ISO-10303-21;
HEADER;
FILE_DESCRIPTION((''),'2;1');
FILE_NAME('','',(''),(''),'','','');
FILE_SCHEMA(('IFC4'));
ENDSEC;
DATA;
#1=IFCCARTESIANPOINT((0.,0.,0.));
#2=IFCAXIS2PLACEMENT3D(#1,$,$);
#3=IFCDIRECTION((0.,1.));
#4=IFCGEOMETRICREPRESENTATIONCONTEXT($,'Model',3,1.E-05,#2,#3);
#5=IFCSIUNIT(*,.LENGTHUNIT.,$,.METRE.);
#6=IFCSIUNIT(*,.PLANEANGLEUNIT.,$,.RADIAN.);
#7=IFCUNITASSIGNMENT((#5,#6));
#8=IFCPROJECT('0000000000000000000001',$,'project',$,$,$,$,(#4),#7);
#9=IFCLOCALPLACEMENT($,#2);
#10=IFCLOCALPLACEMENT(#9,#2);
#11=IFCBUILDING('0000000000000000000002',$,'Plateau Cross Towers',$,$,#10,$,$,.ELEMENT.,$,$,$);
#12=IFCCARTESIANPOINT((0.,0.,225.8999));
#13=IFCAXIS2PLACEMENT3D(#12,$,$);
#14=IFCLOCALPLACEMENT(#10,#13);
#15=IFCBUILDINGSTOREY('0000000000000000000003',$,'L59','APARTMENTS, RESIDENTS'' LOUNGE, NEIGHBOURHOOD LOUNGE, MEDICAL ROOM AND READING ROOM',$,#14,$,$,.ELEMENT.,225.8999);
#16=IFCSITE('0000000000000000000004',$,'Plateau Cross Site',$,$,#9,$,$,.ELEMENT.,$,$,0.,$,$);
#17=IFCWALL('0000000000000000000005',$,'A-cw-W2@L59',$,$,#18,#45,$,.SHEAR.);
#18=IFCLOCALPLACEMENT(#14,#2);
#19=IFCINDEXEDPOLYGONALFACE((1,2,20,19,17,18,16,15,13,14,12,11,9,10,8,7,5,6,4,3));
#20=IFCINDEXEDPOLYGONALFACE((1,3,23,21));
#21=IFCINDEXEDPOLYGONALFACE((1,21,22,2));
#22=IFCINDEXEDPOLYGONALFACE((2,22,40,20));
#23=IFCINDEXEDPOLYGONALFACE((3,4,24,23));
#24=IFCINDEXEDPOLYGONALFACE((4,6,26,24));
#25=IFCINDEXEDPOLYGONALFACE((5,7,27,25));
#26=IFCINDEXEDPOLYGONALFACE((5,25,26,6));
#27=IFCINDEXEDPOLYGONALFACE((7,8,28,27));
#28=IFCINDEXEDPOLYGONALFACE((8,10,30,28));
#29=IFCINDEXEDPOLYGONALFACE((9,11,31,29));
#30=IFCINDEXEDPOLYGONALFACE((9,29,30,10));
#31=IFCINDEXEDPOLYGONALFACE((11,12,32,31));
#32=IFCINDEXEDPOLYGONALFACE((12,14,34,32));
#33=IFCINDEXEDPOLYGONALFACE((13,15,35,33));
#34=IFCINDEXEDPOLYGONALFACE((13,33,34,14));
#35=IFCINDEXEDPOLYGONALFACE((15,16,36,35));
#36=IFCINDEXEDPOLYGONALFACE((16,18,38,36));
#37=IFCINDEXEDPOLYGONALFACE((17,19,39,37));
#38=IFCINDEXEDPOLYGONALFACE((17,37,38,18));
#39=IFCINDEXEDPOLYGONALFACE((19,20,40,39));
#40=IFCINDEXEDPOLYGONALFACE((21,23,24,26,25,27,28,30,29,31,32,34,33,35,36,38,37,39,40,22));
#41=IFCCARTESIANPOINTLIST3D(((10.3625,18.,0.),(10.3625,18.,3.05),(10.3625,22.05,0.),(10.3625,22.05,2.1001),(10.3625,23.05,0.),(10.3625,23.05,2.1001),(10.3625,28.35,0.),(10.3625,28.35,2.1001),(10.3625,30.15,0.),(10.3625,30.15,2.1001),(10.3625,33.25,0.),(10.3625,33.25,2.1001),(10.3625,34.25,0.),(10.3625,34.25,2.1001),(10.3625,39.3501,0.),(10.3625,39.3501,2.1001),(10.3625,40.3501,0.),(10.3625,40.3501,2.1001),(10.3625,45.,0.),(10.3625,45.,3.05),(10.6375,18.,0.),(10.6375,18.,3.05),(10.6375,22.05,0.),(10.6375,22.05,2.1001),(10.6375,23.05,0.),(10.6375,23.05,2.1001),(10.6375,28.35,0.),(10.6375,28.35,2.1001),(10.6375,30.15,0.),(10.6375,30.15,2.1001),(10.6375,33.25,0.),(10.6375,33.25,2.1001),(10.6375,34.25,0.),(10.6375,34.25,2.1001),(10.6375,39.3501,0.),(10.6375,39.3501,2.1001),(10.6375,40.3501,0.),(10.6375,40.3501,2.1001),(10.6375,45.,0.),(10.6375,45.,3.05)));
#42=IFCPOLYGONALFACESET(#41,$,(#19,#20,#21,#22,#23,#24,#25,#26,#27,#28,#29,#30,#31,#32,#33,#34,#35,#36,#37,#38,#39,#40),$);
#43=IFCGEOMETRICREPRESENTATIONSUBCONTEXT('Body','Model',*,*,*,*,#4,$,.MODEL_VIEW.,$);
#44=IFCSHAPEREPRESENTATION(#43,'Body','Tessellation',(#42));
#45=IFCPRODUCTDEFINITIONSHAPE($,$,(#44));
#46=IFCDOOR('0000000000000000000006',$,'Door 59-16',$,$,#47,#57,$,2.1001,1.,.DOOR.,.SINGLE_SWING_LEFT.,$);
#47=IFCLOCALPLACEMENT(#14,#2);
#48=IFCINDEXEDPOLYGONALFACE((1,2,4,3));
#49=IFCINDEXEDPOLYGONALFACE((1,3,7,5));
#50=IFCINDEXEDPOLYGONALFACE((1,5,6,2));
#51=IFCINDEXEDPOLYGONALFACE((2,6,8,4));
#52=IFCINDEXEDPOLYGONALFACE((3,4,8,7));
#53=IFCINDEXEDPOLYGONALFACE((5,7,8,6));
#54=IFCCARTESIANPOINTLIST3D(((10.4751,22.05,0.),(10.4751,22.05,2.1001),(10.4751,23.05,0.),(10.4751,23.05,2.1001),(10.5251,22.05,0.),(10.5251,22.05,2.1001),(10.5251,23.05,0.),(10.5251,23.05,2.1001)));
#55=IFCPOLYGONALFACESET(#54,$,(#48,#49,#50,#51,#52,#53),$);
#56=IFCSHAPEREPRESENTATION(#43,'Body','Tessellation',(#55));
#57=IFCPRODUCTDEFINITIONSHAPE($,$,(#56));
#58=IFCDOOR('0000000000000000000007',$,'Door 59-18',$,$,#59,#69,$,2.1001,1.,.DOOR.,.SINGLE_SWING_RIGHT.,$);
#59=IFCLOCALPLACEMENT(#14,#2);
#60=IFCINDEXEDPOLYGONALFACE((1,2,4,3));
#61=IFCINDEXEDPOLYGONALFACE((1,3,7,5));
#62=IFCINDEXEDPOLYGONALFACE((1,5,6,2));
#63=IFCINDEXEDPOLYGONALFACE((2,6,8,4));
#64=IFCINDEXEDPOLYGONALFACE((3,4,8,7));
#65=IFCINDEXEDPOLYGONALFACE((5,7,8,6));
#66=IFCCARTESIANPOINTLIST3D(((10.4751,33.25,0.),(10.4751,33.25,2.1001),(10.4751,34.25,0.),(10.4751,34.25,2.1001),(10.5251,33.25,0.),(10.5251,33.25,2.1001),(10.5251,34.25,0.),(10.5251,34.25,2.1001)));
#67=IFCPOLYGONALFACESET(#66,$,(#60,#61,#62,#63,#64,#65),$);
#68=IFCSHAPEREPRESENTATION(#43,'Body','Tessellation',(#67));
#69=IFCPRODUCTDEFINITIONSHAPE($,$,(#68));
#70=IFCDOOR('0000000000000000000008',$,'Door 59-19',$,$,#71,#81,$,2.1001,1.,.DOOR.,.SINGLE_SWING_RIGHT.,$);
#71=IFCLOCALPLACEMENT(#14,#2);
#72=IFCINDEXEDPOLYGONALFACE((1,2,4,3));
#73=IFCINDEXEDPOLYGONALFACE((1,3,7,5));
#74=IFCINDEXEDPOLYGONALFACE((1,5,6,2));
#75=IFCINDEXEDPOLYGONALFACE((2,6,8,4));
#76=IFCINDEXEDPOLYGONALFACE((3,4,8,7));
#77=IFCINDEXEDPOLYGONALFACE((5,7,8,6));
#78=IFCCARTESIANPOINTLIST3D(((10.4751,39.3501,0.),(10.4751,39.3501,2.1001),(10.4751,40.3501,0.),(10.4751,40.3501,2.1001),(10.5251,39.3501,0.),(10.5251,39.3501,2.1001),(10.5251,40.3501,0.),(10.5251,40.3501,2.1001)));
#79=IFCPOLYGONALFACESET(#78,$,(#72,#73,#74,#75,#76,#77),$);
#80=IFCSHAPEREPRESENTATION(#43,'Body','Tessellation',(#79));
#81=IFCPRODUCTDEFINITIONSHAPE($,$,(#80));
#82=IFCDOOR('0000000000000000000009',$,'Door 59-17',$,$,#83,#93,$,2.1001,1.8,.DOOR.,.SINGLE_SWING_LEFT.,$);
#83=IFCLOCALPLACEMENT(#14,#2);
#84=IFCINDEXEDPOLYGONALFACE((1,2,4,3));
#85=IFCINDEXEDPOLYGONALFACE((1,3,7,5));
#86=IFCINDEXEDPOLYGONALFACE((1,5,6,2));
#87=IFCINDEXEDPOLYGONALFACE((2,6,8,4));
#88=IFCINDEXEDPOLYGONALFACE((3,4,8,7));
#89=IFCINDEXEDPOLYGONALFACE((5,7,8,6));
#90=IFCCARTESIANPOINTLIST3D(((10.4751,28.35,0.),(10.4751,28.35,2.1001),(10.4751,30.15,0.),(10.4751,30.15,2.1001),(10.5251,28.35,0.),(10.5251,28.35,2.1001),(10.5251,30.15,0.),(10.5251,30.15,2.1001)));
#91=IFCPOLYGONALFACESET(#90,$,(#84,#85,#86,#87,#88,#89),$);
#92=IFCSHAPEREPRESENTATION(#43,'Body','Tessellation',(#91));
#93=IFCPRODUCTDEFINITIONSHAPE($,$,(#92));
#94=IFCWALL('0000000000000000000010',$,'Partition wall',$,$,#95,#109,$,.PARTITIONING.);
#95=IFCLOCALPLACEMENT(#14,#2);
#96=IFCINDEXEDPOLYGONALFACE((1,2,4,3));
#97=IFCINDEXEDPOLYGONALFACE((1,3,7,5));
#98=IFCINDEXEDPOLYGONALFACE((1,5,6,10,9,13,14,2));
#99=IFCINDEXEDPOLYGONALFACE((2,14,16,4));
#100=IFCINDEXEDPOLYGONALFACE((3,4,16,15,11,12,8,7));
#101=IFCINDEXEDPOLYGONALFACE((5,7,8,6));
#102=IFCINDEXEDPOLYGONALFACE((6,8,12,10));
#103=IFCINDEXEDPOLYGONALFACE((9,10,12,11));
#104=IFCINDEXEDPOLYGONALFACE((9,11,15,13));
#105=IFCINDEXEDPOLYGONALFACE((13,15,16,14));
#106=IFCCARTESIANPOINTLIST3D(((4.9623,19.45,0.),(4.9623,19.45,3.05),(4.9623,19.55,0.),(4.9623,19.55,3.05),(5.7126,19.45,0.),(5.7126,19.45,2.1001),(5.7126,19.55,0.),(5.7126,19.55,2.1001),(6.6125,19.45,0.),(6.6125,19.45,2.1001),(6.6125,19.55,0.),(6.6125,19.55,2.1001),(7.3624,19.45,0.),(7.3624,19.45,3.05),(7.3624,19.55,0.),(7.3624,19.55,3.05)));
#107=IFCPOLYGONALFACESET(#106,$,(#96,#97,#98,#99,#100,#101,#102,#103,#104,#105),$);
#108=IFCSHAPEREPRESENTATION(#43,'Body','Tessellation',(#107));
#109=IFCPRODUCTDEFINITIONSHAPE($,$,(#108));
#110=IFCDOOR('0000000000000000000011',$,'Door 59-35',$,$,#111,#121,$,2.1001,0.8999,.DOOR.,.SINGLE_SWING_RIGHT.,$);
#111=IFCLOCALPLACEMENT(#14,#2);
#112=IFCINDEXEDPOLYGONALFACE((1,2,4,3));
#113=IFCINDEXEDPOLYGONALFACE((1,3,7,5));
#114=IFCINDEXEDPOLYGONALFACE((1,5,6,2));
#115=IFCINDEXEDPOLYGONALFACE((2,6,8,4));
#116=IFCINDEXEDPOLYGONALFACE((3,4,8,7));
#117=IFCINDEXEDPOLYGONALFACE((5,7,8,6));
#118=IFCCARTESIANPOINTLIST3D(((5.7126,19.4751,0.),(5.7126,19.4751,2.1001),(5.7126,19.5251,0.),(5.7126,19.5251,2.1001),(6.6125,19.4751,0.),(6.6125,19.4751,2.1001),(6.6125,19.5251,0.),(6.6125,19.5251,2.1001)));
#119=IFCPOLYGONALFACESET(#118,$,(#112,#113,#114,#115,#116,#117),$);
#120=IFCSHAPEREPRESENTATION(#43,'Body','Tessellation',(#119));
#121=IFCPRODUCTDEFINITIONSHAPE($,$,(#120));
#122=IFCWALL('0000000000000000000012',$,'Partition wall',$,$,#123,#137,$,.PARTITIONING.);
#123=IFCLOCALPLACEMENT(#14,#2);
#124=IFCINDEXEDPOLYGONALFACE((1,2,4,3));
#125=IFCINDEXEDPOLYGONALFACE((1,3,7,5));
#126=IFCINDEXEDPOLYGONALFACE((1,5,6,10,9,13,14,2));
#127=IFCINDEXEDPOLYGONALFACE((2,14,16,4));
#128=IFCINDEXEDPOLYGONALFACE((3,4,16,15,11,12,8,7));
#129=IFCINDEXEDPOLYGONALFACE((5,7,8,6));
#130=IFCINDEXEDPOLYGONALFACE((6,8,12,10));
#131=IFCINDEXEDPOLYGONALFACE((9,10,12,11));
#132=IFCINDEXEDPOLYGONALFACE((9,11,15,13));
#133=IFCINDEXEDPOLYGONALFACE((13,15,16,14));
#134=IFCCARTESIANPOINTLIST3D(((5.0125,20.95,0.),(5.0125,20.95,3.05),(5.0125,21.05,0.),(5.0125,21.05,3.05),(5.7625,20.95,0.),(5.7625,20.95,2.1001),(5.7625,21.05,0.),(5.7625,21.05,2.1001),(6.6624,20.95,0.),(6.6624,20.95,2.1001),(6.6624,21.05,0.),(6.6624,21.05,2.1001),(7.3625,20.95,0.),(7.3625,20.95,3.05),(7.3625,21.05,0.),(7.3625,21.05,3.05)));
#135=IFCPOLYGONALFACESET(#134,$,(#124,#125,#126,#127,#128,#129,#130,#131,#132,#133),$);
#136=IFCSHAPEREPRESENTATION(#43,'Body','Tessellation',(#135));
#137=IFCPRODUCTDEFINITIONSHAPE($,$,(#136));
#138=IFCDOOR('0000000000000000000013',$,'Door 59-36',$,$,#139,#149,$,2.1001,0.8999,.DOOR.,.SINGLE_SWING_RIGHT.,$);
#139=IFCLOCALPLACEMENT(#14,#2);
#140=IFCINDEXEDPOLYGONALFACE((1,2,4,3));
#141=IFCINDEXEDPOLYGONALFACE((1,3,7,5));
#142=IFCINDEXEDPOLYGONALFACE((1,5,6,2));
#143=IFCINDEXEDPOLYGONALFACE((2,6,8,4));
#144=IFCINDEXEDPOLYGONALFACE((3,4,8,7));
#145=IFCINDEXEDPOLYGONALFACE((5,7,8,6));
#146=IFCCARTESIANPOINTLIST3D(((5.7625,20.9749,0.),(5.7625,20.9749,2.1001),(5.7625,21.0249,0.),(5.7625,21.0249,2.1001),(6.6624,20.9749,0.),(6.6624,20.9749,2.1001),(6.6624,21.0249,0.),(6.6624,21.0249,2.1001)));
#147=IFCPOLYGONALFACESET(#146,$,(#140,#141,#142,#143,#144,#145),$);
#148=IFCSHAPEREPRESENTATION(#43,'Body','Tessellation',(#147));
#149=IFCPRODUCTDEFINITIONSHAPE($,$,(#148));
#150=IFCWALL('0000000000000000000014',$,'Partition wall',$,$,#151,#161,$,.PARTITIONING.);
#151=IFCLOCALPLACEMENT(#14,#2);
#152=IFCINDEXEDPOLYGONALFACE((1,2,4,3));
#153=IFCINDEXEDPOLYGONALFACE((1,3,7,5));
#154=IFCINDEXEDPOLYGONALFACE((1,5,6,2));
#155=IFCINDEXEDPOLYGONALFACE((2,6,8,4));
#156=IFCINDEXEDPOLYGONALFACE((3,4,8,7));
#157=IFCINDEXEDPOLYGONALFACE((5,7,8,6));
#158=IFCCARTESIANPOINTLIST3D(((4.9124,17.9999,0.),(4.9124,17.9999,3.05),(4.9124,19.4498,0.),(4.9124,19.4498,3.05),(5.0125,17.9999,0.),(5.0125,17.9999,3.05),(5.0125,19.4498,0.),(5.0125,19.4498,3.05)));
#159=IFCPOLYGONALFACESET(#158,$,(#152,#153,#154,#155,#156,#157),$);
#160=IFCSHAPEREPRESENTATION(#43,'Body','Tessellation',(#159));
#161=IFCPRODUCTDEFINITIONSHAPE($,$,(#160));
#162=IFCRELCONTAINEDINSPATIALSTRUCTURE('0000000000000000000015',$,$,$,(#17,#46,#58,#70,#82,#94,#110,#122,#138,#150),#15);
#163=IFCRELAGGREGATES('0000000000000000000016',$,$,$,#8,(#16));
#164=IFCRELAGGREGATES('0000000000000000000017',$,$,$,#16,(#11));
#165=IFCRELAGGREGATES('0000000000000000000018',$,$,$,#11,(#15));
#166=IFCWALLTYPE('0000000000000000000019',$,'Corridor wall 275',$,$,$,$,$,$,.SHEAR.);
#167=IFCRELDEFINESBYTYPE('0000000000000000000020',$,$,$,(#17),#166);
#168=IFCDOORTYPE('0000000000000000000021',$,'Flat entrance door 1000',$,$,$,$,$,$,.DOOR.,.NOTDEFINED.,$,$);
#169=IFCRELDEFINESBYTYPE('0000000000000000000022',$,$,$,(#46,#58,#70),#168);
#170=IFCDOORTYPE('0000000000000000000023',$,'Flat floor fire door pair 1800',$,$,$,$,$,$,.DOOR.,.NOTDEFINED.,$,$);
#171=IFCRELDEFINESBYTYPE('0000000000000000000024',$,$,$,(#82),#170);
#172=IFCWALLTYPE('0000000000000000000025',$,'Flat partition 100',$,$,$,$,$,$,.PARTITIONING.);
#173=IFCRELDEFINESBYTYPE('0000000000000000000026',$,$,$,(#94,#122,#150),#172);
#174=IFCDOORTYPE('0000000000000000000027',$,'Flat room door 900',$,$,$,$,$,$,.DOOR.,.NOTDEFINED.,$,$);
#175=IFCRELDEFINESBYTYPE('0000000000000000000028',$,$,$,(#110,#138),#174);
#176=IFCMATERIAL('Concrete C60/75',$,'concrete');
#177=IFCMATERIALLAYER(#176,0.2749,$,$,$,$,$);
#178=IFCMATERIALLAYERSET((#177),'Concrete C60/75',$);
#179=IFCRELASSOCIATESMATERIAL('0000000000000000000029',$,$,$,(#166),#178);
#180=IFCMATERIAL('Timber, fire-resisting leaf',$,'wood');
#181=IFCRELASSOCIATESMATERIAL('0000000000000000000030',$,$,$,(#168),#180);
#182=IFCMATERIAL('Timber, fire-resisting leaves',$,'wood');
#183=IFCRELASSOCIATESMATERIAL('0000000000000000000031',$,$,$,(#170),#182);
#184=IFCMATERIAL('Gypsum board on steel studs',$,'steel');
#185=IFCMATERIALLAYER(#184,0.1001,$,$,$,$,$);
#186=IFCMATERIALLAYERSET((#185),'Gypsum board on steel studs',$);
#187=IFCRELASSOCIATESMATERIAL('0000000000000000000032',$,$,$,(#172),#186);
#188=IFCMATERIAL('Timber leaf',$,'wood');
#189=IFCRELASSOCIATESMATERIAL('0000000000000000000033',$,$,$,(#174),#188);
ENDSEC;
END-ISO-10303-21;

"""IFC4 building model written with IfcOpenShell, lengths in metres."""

from ifc_helpers import new_model, si_unit, direction, frame, frame_2d, origin, place, context, subcontext, project, spatial, rectangle, extrude, material, layer, layer_set, type_object, element, fill, save


model = new_model("IFC4")

# Units and contexts
model_context = context("Model", 3, precision=1e-05, world=origin(), true_north=direction((0.0, 1.0)))
body_context = subcontext(model_context, "Body", "Model", "MODEL_VIEW")
ifc_project = project(units=[si_unit("LENGTHUNIT", "METRE"), si_unit("PLANEANGLEUNIT", "RADIAN")], contexts=[model_context])

# Site, building, storey
site_placement = place(None, origin())
site = spatial("IfcSite", under=ifc_project, at=site_placement, Name="Plateau Cross Site", CompositionType="ELEMENT", RefElevation=0.0)
building_placement = place(site_placement, origin())
building = spatial("IfcBuilding", under=site, at=building_placement, Name="Plateau Cross Towers", CompositionType="ELEMENT")
storey_placement = place(building_placement, frame((0.0, 0.0, 225.8999)))
storey = spatial("IfcBuildingStorey", under=building, at=storey_placement, Name="L59", Description="APARTMENTS, RESIDENTS' LOUNGE, NEIGHBOURHOOD LOUNGE, MEDICAL ROOM AND READING ROOM", CompositionType="ELEMENT", Elevation=225.8999)

# Shared definitions
ifc_material_1 = material(Name="Concrete C60/75", Category="concrete")

# Wall, openings, doors
ifc_layer_1 = layer(ifc_material_1, 0.2749)
ifc_layer_set_1 = layer_set([ifc_layer_1], Name="Concrete C60/75")
wall_type_1 = type_object("IfcWallType", Name="Corridor wall 275", PredefinedType="SHEAR", material=ifc_layer_set_1)
ifc_material_2 = material(Name="Timber, fire-resisting leaf", Category="wood")
door_type_1 = type_object("IfcDoorType", Name="Flat entrance door 1000", OperationType="NOTDEFINED", PredefinedType="DOOR", material=ifc_material_2)
wall_1_placement = place(storey_placement, frame((10.5, 18.0, 0.0), z_axis=(0.0, 0.0, 1.0), x_axis=(0.0, 1.0, 0.0)))
wall_1 = element("IfcWall", 1, at=wall_1_placement, inside=storey, type_object=wall_type_1, Name="A-cw-W2@L59", PredefinedType="SHEAR", context=body_context, shape_type="SweptSolid", body=[
    extrude(rectangle(XDim=27.0, YDim=0.2749, at=frame_2d((13.5, 0.0))), origin(), (0.0, 0.0, 1.0), 3.05),
])
opening_1_placement = place(wall_1_placement, frame((4.05, 0.0, 0.0)))
opening_1 = element("IfcOpeningElement", 2, at=opening_1_placement, cuts=wall_1, PredefinedType="OPENING", context=body_context, shape_type="SweptSolid", body=[
    extrude(rectangle(XDim=1.0, YDim=2.1001, at=frame_2d((0.5, 1.05))), frame((0.0, 0.1475, 0.0), z_axis=(0.0, -1.0, 0.0), x_axis=(1.0, 0.0, 0.0)), (0.0, 0.0, 1.0), 0.2949),
])
opening_2_placement = place(wall_1_placement, frame((10.3501, 0.0, 0.0)))
opening_2 = element("IfcOpeningElement", 3, at=opening_2_placement, cuts=wall_1, PredefinedType="OPENING", context=body_context, shape_type="SweptSolid", body=[
    extrude(rectangle(XDim=1.8, YDim=2.1001, at=frame_2d((0.8999, 1.05))), frame((0.0, 0.1475, 0.0), z_axis=(0.0, -1.0, 0.0), x_axis=(1.0, 0.0, 0.0)), (0.0, 0.0, 1.0), 0.2949),
])
opening_3_placement = place(wall_1_placement, frame((15.25, 0.0, 0.0)))
opening_3 = element("IfcOpeningElement", 4, at=opening_3_placement, cuts=wall_1, PredefinedType="OPENING", context=body_context, shape_type="SweptSolid", body=[
    extrude(rectangle(XDim=1.0, YDim=2.1001, at=frame_2d((0.5, 1.05))), frame((0.0, 0.1475, 0.0), z_axis=(0.0, -1.0, 0.0), x_axis=(1.0, 0.0, 0.0)), (0.0, 0.0, 1.0), 0.2949),
])
opening_4_placement = place(wall_1_placement, frame((21.3501, 0.0, 0.0)))
opening_4 = element("IfcOpeningElement", 5, at=opening_4_placement, cuts=wall_1, PredefinedType="OPENING", context=body_context, shape_type="SweptSolid", body=[
    extrude(rectangle(XDim=1.0, YDim=2.1001, at=frame_2d((0.5, 1.05))), frame((0.0, 0.1475, 0.0), z_axis=(0.0, -1.0, 0.0), x_axis=(1.0, 0.0, 0.0)), (0.0, 0.0, 1.0), 0.2949),
])
door_1_placement = place(opening_1_placement, origin())
door_1 = element("IfcDoor", 6, at=door_1_placement, inside=storey, type_object=door_type_1, Name="Door 59-16", OperationType="SINGLE_SWING_LEFT", OverallHeight=2.1001, OverallWidth=1.0, PredefinedType="DOOR", context=body_context, shape_type="SweptSolid", body=[
    extrude(rectangle(XDim=1.0, YDim=2.1001, at=frame_2d((0.5, 1.05))), frame((0.0, 0.0249, 0.0), z_axis=(0.0, -1.0, 0.0), x_axis=(1.0, 0.0, 0.0)), (0.0, 0.0, 1.0), 0.05),
])
fill(opening_1, door_1)
door_2_placement = place(opening_3_placement, origin())
door_2 = element("IfcDoor", 7, at=door_2_placement, inside=storey, type_object=door_type_1, Name="Door 59-18", OperationType="SINGLE_SWING_RIGHT", OverallHeight=2.1001, OverallWidth=1.0, PredefinedType="DOOR", context=body_context, shape_type="SweptSolid", body=[
    extrude(rectangle(XDim=1.0, YDim=2.1001, at=frame_2d((0.5, 1.05))), frame((0.0, 0.0249, 0.0), z_axis=(0.0, -1.0, 0.0), x_axis=(1.0, 0.0, 0.0)), (0.0, 0.0, 1.0), 0.05),
])
fill(opening_3, door_2)
door_3_placement = place(opening_4_placement, origin())
door_3 = element("IfcDoor", 8, at=door_3_placement, inside=storey, type_object=door_type_1, Name="Door 59-19", OperationType="SINGLE_SWING_RIGHT", OverallHeight=2.1001, OverallWidth=1.0, PredefinedType="DOOR", context=body_context, shape_type="SweptSolid", body=[
    extrude(rectangle(XDim=1.0, YDim=2.1001, at=frame_2d((0.5, 1.05))), frame((0.0, 0.0249, 0.0), z_axis=(0.0, -1.0, 0.0), x_axis=(1.0, 0.0, 0.0)), (0.0, 0.0, 1.0), 0.05),
])
fill(opening_4, door_3)
ifc_material_3 = material(Name="Timber, fire-resisting leaves", Category="wood")
door_type_2 = type_object("IfcDoorType", Name="Flat floor fire door pair 1800", OperationType="NOTDEFINED", PredefinedType="DOOR", material=ifc_material_3)
door_4_placement = place(opening_2_placement, origin())
door_4 = element("IfcDoor", 9, at=door_4_placement, inside=storey, type_object=door_type_2, Name="Door 59-17", OperationType="SINGLE_SWING_LEFT", OverallHeight=2.1001, OverallWidth=1.8, PredefinedType="DOOR", context=body_context, shape_type="SweptSolid", body=[
    extrude(rectangle(XDim=1.8, YDim=2.1001, at=frame_2d((0.8999, 1.05))), frame((0.0, 0.0249, 0.0), z_axis=(0.0, -1.0, 0.0), x_axis=(1.0, 0.0, 0.0)), (0.0, 0.0, 1.0), 0.05),
])
fill(opening_2, door_4)

# Walls, openings, doors
ifc_material_4 = material(Name="Gypsum board on steel studs", Category="steel")
ifc_layer_2 = layer(ifc_material_4, 0.1001)
ifc_layer_set_2 = layer_set([ifc_layer_2], Name="Gypsum board on steel studs")
wall_type_2 = type_object("IfcWallType", Name="Flat partition 100", PredefinedType="PARTITIONING", material=ifc_layer_set_2)
wall_2_placement = place(storey_placement, frame((7.3625, 19.5, 0.0), z_axis=(0.0, 0.0, 1.0), x_axis=(-1.0, 0.0, 0.0)))
wall_2 = element("IfcWall", 10, at=wall_2_placement, inside=storey, type_object=wall_type_2, Name="Partition wall", PredefinedType="PARTITIONING", context=body_context, shape_type="SweptSolid", body=[
    extrude(rectangle(XDim=2.4001, YDim=0.1001, at=frame_2d((1.2002, 0.0))), origin(), (0.0, 0.0, 1.0), 3.05),
])
opening_5_placement = place(wall_2_placement, frame((0.75, 0.0, 0.0)))
opening_5 = element("IfcOpeningElement", 11, at=opening_5_placement, cuts=wall_2, PredefinedType="OPENING", context=body_context, shape_type="SweptSolid", body=[
    extrude(rectangle(XDim=0.8999, YDim=2.1001, at=frame_2d((0.45, 1.05))), frame((0.0, 0.0601, 0.0), z_axis=(0.0, -1.0, 0.0), x_axis=(1.0, 0.0, 0.0)), (0.0, 0.0, 1.0), 0.1201),
])
ifc_material_5 = material(Name="Timber leaf", Category="wood")
door_type_3 = type_object("IfcDoorType", Name="Flat room door 900", OperationType="NOTDEFINED", PredefinedType="DOOR", material=ifc_material_5)
door_5_placement = place(opening_5_placement, origin())
door_5 = element("IfcDoor", 12, at=door_5_placement, inside=storey, type_object=door_type_3, Name="Door 59-35", OperationType="SINGLE_SWING_RIGHT", OverallHeight=2.1001, OverallWidth=0.8999, PredefinedType="DOOR", context=body_context, shape_type="SweptSolid", body=[
    extrude(rectangle(XDim=0.8999, YDim=2.1001, at=frame_2d((0.45, 1.05))), frame((0.0, 0.0249, 0.0), z_axis=(0.0, -1.0, 0.0), x_axis=(1.0, 0.0, 0.0)), (0.0, 0.0, 1.0), 0.05),
])
fill(opening_5, door_5)
wall_3_placement = place(storey_placement, frame((5.0125, 21.0, 0.0), z_axis=(0.0, 0.0, 1.0), x_axis=(1.0, 0.0, 0.0)))
wall_3 = element("IfcWall", 13, at=wall_3_placement, inside=storey, type_object=wall_type_2, Name="Partition wall", PredefinedType="PARTITIONING", context=body_context, shape_type="SweptSolid", body=[
    extrude(rectangle(XDim=2.3501, YDim=0.1001, at=frame_2d((1.175, 0.0))), origin(), (0.0, 0.0, 1.0), 3.05),
])
opening_6_placement = place(wall_3_placement, frame((0.75, 0.0, 0.0)))
opening_6 = element("IfcOpeningElement", 14, at=opening_6_placement, cuts=wall_3, PredefinedType="OPENING", context=body_context, shape_type="SweptSolid", body=[
    extrude(rectangle(XDim=0.8999, YDim=2.1001, at=frame_2d((0.45, 1.05))), frame((0.0, 0.0601, 0.0), z_axis=(0.0, -1.0, 0.0), x_axis=(1.0, 0.0, 0.0)), (0.0, 0.0, 1.0), 0.1201),
])
door_6_placement = place(opening_6_placement, origin())
door_6 = element("IfcDoor", 15, at=door_6_placement, inside=storey, type_object=door_type_3, Name="Door 59-36", OperationType="SINGLE_SWING_RIGHT", OverallHeight=2.1001, OverallWidth=0.8999, PredefinedType="DOOR", context=body_context, shape_type="SweptSolid", body=[
    extrude(rectangle(XDim=0.8999, YDim=2.1001, at=frame_2d((0.45, 1.05))), frame((0.0, 0.0249, 0.0), z_axis=(0.0, -1.0, 0.0), x_axis=(1.0, 0.0, 0.0)), (0.0, 0.0, 1.0), 0.05),
])
fill(opening_6, door_6)

# Wall
wall_4_placement = place(storey_placement, frame((4.9624, 19.45, 0.0), z_axis=(0.0, 0.0, 1.0), x_axis=(0.0, -1.0, 0.0)))
element("IfcWall", 16, at=wall_4_placement, inside=storey, type_object=wall_type_2, Name="Partition wall", PredefinedType="PARTITIONING", context=body_context, shape_type="SweptSolid", body=[
    extrude(rectangle(XDim=1.45, YDim=0.1001, at=frame_2d((0.7251, 0.0))), origin(), (0.0, 0.0, 1.0), 3.05),
])

save(model, "model.ifc")
